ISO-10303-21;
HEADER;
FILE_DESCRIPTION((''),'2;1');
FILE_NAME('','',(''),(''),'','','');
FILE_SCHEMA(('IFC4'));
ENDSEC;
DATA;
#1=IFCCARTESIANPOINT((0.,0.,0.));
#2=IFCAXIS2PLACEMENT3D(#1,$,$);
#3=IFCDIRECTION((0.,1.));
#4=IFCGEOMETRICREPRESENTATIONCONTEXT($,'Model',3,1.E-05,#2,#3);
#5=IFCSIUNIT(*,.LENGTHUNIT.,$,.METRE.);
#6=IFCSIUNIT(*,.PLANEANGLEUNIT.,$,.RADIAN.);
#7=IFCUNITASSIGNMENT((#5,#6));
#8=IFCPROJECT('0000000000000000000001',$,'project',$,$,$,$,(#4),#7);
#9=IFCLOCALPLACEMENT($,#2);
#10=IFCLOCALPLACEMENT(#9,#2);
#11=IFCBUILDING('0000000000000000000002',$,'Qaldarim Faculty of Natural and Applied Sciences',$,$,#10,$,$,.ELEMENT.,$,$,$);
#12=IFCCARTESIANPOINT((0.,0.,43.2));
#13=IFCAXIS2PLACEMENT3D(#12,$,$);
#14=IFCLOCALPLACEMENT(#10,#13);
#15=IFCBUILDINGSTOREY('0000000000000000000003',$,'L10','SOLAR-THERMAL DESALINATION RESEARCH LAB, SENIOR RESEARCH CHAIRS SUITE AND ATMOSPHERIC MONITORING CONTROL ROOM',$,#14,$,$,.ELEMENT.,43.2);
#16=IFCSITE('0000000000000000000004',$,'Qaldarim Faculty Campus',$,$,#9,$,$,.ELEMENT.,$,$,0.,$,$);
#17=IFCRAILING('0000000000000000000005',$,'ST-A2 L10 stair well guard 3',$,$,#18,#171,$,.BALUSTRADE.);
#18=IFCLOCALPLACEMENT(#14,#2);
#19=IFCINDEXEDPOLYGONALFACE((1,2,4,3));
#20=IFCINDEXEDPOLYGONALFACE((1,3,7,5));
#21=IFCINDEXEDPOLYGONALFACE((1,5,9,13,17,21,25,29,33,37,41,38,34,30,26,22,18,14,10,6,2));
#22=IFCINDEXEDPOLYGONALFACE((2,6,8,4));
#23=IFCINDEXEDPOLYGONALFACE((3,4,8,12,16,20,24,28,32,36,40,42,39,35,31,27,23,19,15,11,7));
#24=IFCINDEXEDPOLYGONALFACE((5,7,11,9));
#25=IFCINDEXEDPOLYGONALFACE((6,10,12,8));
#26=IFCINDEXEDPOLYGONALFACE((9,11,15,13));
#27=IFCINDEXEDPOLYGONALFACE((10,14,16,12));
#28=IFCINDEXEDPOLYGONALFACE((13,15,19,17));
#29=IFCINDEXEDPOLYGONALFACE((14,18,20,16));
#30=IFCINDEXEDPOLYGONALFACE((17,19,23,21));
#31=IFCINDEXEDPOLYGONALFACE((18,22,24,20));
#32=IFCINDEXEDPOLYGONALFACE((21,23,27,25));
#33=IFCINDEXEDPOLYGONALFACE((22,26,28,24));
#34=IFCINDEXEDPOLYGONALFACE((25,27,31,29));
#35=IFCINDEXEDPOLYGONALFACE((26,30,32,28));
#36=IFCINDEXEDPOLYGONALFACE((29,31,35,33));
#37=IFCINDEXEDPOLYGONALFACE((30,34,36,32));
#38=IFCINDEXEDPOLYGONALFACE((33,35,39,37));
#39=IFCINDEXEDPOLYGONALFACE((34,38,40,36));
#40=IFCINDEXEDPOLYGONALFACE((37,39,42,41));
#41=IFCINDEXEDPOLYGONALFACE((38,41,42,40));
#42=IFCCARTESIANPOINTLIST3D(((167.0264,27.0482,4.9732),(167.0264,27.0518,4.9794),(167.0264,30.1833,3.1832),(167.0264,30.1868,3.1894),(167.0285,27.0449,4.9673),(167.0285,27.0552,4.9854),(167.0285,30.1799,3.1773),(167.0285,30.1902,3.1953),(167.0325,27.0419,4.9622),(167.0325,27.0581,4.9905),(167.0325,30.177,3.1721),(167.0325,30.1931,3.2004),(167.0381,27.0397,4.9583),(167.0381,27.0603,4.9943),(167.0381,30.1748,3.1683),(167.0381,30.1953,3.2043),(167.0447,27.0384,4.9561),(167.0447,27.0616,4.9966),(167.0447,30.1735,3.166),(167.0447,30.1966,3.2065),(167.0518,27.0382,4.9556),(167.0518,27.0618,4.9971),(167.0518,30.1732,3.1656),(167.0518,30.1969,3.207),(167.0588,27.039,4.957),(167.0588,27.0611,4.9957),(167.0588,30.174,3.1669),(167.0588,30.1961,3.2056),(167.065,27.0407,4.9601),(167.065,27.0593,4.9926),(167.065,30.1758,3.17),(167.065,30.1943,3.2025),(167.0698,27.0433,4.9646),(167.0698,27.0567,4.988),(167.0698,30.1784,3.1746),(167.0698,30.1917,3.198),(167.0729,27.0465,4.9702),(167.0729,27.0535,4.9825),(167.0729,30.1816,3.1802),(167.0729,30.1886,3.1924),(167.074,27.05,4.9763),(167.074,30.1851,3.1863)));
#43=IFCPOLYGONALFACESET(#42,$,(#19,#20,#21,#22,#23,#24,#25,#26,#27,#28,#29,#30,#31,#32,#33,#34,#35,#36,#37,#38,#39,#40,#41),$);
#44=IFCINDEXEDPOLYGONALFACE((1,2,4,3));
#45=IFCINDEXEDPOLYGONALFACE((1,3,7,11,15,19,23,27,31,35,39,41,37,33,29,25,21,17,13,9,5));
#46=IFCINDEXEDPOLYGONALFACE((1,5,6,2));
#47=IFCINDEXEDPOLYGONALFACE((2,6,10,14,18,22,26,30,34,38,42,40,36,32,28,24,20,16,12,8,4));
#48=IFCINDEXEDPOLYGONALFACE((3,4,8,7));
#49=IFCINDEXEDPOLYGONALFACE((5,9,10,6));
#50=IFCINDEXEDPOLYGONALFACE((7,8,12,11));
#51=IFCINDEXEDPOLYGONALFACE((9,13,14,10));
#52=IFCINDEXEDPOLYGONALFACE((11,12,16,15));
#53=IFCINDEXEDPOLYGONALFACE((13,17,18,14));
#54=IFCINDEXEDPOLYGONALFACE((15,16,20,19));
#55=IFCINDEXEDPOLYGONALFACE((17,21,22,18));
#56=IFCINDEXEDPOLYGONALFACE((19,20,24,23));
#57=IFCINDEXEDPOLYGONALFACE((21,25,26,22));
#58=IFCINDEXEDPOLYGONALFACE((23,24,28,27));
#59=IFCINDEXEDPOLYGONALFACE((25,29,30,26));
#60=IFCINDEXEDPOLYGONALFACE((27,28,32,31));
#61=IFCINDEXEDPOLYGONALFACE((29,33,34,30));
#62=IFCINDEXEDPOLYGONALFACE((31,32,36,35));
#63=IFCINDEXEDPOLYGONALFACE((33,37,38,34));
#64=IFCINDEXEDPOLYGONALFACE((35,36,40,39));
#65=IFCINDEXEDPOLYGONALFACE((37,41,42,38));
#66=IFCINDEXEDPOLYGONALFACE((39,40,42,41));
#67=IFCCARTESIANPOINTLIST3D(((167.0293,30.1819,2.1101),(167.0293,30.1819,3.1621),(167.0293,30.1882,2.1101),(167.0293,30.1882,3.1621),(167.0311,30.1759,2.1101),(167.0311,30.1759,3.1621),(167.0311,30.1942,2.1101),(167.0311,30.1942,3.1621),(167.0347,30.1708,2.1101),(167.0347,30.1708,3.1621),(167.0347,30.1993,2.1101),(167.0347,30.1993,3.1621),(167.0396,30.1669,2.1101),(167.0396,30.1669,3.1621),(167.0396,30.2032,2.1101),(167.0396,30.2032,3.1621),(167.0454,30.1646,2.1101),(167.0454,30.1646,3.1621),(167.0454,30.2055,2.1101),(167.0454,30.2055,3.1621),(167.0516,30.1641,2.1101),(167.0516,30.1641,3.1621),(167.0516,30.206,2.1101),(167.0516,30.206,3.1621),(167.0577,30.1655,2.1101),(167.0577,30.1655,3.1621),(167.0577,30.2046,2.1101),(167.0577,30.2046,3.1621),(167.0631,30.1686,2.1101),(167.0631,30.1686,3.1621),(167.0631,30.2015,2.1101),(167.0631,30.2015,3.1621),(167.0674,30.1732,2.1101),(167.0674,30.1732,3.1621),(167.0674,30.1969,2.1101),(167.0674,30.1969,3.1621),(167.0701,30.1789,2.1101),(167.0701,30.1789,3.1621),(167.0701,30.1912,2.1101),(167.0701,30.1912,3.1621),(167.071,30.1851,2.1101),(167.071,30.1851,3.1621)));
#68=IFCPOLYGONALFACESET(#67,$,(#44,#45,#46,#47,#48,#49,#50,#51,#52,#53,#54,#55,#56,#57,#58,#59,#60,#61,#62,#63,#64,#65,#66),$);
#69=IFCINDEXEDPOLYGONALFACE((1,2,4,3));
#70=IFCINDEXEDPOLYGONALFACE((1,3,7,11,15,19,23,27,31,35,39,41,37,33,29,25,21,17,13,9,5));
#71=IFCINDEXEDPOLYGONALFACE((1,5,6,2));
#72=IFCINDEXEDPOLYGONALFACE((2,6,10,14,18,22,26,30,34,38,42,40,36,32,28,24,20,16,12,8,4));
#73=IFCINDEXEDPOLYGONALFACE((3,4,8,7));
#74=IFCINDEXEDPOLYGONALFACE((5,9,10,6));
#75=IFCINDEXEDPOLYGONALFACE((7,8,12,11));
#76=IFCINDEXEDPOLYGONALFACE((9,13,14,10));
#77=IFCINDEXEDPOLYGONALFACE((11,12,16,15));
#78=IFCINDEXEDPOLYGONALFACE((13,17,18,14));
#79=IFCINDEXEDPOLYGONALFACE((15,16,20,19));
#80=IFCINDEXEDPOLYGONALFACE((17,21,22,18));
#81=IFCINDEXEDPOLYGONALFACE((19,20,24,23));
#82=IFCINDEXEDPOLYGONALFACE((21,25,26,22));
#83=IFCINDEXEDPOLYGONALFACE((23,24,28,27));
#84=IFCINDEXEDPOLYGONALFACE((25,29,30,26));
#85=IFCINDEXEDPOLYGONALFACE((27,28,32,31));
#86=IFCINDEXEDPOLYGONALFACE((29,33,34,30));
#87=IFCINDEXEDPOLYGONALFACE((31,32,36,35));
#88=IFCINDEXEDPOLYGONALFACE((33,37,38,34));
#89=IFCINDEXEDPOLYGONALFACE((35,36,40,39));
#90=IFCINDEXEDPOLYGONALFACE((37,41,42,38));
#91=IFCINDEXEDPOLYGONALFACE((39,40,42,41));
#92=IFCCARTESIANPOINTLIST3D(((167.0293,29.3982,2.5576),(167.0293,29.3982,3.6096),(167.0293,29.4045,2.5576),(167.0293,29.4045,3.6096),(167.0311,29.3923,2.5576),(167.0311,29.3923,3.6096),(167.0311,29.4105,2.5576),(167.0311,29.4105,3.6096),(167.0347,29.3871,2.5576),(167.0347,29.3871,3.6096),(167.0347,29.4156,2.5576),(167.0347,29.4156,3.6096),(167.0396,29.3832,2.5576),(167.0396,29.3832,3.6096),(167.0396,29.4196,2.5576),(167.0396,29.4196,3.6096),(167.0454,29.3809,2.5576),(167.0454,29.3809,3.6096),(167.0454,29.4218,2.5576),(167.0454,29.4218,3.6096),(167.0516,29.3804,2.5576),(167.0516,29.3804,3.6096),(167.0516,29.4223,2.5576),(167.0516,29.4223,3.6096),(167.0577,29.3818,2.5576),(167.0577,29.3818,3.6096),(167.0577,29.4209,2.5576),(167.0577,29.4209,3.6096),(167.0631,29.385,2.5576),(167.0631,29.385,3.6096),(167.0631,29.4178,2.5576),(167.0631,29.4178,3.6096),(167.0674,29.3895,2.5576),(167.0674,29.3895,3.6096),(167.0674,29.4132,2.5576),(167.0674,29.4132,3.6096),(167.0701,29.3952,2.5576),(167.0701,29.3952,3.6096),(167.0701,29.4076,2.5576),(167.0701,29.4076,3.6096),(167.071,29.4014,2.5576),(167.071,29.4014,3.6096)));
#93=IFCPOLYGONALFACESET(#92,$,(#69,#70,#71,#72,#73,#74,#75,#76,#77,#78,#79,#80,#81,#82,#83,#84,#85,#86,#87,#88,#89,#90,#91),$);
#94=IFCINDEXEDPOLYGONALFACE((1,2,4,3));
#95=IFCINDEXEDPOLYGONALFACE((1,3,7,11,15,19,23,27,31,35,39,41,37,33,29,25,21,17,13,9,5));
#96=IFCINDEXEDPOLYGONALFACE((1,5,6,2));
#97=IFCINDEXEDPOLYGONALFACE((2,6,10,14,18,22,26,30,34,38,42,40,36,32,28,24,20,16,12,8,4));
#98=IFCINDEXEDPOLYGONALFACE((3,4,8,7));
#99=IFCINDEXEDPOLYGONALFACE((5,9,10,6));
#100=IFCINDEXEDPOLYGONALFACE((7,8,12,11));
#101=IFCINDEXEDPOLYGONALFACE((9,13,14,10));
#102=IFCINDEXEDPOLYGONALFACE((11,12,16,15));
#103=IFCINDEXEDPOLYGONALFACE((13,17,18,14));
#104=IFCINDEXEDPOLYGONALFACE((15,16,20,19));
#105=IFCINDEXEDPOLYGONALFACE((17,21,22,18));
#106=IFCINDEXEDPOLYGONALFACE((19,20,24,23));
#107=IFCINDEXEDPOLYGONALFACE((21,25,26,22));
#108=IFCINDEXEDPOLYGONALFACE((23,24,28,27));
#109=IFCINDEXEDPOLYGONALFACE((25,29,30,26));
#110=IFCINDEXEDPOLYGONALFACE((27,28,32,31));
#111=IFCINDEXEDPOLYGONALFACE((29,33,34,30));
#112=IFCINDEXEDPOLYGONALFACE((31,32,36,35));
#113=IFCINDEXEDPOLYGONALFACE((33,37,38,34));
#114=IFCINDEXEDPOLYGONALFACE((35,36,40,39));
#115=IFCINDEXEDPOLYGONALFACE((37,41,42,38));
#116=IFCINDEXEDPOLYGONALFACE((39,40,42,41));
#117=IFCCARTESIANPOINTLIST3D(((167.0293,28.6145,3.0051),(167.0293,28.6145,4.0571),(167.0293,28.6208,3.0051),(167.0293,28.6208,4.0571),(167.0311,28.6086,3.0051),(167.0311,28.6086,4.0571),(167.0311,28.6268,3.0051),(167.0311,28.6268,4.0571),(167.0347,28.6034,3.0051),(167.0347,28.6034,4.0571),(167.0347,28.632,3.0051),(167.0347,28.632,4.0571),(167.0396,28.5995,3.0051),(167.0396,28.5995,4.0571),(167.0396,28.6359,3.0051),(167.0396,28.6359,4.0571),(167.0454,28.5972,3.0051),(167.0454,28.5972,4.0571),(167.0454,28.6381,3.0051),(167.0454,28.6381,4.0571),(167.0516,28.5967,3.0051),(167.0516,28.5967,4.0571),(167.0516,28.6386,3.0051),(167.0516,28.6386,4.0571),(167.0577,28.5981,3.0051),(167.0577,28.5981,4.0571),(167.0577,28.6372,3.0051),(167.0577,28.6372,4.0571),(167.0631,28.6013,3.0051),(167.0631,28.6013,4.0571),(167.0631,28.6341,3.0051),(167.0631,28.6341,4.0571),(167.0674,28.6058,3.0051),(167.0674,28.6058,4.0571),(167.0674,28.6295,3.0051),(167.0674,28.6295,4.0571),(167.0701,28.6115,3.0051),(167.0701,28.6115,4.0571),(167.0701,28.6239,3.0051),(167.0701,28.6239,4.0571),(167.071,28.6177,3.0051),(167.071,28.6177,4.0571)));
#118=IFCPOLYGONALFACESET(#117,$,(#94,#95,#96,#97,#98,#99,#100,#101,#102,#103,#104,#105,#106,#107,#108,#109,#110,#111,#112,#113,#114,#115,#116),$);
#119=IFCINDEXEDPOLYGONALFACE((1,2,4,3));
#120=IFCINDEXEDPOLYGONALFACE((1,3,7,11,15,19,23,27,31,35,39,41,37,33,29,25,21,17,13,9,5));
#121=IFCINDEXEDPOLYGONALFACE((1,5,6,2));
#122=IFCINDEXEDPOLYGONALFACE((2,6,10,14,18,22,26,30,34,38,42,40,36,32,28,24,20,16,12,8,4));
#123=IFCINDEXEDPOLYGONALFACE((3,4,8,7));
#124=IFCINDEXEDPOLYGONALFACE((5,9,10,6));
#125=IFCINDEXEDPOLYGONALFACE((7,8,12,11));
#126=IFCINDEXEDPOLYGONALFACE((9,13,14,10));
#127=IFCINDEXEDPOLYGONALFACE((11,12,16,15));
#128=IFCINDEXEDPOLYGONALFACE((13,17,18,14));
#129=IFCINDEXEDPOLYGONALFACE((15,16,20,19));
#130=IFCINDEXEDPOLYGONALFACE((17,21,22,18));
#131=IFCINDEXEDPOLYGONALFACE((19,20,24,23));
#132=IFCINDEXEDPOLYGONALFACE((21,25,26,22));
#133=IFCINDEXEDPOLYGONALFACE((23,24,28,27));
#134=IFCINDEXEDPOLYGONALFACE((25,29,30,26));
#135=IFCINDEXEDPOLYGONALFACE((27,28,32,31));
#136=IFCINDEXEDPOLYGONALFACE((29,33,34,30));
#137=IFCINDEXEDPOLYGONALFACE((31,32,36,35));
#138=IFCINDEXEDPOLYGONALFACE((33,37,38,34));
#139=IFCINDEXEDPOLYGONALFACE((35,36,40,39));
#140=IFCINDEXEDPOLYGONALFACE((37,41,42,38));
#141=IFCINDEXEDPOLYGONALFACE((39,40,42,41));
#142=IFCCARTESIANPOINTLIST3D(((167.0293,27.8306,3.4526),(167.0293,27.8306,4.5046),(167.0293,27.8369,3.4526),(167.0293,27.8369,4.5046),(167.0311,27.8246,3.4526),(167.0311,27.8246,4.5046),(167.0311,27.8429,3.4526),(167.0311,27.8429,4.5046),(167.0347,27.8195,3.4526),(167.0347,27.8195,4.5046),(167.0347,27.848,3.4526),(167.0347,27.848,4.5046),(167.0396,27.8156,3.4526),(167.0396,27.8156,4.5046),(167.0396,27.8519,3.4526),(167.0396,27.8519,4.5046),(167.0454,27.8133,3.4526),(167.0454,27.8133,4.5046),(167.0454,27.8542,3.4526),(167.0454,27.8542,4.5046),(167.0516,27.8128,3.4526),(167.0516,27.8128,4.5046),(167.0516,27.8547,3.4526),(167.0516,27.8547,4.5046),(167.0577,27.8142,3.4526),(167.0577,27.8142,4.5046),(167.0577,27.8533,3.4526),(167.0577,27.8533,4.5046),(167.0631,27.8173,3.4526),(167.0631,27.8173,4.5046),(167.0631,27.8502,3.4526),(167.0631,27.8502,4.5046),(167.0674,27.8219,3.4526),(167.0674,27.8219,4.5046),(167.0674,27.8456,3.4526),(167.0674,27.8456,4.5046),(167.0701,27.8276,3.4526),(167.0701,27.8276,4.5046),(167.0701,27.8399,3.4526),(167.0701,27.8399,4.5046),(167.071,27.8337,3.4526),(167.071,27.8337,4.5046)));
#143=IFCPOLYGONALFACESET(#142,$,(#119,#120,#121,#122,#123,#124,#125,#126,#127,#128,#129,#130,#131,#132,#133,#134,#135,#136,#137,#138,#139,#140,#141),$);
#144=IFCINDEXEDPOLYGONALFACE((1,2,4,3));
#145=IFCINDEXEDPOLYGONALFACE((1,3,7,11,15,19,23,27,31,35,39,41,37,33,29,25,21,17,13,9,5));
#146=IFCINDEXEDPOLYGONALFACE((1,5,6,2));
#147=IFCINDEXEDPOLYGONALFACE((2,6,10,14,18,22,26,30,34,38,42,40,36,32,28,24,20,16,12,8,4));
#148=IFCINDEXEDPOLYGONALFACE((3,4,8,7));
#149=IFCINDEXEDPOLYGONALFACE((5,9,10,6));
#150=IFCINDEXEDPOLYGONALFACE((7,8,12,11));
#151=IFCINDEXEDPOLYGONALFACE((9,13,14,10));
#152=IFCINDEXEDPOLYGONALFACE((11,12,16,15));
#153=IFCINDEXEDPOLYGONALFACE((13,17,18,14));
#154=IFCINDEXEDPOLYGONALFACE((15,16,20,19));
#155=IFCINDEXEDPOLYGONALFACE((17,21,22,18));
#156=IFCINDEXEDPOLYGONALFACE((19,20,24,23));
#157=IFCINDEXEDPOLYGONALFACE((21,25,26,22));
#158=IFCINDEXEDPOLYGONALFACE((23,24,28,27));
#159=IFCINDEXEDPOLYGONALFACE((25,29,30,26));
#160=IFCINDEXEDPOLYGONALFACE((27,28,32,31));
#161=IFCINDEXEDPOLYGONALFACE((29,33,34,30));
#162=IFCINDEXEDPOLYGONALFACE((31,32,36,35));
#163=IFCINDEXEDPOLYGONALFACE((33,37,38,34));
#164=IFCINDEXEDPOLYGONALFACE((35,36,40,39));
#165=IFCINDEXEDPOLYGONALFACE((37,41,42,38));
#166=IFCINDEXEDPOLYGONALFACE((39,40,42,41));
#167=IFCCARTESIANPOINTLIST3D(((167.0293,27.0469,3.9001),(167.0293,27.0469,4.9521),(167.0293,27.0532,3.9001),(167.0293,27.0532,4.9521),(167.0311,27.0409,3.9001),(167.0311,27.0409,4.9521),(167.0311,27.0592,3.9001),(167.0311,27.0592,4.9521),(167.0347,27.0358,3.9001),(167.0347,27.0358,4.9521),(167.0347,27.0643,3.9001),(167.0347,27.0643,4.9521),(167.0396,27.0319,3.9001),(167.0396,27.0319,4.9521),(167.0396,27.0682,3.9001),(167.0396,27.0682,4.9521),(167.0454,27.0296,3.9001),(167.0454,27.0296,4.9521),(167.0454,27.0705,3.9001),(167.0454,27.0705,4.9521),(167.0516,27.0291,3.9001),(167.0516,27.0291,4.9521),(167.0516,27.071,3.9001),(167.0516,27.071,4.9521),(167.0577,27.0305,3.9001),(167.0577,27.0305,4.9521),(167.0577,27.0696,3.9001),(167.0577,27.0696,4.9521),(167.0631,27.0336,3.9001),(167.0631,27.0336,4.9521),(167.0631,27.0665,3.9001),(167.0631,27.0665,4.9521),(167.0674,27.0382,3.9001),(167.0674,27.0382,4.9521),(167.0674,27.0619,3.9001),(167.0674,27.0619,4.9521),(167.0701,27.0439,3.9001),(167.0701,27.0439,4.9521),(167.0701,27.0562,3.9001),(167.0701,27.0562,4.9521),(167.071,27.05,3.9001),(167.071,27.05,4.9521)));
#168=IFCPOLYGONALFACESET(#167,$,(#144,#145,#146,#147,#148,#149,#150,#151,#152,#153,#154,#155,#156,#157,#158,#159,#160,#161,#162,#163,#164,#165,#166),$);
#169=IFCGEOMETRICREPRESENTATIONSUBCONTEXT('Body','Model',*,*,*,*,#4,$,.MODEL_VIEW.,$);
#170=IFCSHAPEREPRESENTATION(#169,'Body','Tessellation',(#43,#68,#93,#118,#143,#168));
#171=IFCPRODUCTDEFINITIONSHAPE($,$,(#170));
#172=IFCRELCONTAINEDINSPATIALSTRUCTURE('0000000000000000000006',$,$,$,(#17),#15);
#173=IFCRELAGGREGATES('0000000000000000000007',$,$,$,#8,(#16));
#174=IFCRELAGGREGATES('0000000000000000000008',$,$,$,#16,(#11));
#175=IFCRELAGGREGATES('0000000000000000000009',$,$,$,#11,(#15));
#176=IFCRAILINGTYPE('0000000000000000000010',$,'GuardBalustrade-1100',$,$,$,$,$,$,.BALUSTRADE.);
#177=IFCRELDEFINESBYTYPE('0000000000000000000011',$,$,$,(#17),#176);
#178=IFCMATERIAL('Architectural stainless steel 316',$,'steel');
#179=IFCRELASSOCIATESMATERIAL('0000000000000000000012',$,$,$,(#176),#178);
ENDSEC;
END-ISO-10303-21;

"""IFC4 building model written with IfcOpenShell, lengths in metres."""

from ifc_helpers import new_model, si_unit, direction, frame, origin, origin_2d, place, context, subcontext, project, spatial, circle, extrude, material, type_object, element, save


model = new_model("IFC4")

# Units and contexts
model_context = context("Model", 3, precision=1e-05, world=origin(), true_north=direction((0.0, 1.0)))
body_context = subcontext(model_context, "Body", "Model", "MODEL_VIEW")
ifc_project = project(units=[si_unit("LENGTHUNIT", "METRE"), si_unit("PLANEANGLEUNIT", "RADIAN")], contexts=[model_context])

# Site, building, storey
site_placement = place(None, origin())
site = spatial("IfcSite", under=ifc_project, at=site_placement, Name="Qaldarim Faculty Campus", CompositionType="ELEMENT", RefElevation=0.0)
building_placement = place(site_placement, origin())
building = spatial("IfcBuilding", under=site, at=building_placement, Name="Qaldarim Faculty of Natural and Applied Sciences", CompositionType="ELEMENT")
storey_placement = place(building_placement, frame((0.0, 0.0, 43.2)))
storey = spatial("IfcBuildingStorey", under=building, at=storey_placement, Name="L10", Description="SOLAR-THERMAL DESALINATION RESEARCH LAB, SENIOR RESEARCH CHAIRS SUITE AND ATMOSPHERIC MONITORING CONTROL ROOM", CompositionType="ELEMENT", Elevation=43.2)

# Shared definitions
ifc_material_1 = material(Name="Architectural stainless steel 316", Category="steel")

# Railing
railing_type_1 = type_object("IfcRailingType", Name="GuardBalustrade-1100", PredefinedType="BALUSTRADE", material=ifc_material_1)
railing_1_placement = place(storey_placement, frame((167.05, 30.1851, 2.1101)))
element("IfcRailing", 1, at=railing_1_placement, inside=storey, type_object=railing_type_1, Name="ST-A2 L10 stair well guard 3", PredefinedType="BALUSTRADE", context=body_context, shape_type="SweptSolid", body=[
    extrude(circle(Radius=0.0239, at=origin_2d()), frame((0.0, 0.0, 1.0762), z_axis=(0.0, -0.86841, 0.495848), x_axis=(1.0, 0.0, 0.0)), (0.0, 0.0, 1.0), 3.6101),
    extrude(circle(Radius=0.021, at=origin_2d()), origin(), (0.0, 0.0, 1.0), 1.052),
    extrude(circle(Radius=0.021, at=origin_2d()), frame((0.0, -0.7837, 0.4475)), (0.0, 0.0, 1.0), 1.052),
    extrude(circle(Radius=0.021, at=origin_2d()), frame((0.0, -1.5674, 0.895)), (0.0, 0.0, 1.0), 1.052),
    extrude(circle(Radius=0.021, at=origin_2d()), frame((0.0, -2.3513, 1.3425)), (0.0, 0.0, 1.0), 1.052),
    extrude(circle(Radius=0.021, at=origin_2d()), frame((0.0, -3.135, 1.79)), (0.0, 0.0, 1.0), 1.052),
])

save(model, "model.ifc")
